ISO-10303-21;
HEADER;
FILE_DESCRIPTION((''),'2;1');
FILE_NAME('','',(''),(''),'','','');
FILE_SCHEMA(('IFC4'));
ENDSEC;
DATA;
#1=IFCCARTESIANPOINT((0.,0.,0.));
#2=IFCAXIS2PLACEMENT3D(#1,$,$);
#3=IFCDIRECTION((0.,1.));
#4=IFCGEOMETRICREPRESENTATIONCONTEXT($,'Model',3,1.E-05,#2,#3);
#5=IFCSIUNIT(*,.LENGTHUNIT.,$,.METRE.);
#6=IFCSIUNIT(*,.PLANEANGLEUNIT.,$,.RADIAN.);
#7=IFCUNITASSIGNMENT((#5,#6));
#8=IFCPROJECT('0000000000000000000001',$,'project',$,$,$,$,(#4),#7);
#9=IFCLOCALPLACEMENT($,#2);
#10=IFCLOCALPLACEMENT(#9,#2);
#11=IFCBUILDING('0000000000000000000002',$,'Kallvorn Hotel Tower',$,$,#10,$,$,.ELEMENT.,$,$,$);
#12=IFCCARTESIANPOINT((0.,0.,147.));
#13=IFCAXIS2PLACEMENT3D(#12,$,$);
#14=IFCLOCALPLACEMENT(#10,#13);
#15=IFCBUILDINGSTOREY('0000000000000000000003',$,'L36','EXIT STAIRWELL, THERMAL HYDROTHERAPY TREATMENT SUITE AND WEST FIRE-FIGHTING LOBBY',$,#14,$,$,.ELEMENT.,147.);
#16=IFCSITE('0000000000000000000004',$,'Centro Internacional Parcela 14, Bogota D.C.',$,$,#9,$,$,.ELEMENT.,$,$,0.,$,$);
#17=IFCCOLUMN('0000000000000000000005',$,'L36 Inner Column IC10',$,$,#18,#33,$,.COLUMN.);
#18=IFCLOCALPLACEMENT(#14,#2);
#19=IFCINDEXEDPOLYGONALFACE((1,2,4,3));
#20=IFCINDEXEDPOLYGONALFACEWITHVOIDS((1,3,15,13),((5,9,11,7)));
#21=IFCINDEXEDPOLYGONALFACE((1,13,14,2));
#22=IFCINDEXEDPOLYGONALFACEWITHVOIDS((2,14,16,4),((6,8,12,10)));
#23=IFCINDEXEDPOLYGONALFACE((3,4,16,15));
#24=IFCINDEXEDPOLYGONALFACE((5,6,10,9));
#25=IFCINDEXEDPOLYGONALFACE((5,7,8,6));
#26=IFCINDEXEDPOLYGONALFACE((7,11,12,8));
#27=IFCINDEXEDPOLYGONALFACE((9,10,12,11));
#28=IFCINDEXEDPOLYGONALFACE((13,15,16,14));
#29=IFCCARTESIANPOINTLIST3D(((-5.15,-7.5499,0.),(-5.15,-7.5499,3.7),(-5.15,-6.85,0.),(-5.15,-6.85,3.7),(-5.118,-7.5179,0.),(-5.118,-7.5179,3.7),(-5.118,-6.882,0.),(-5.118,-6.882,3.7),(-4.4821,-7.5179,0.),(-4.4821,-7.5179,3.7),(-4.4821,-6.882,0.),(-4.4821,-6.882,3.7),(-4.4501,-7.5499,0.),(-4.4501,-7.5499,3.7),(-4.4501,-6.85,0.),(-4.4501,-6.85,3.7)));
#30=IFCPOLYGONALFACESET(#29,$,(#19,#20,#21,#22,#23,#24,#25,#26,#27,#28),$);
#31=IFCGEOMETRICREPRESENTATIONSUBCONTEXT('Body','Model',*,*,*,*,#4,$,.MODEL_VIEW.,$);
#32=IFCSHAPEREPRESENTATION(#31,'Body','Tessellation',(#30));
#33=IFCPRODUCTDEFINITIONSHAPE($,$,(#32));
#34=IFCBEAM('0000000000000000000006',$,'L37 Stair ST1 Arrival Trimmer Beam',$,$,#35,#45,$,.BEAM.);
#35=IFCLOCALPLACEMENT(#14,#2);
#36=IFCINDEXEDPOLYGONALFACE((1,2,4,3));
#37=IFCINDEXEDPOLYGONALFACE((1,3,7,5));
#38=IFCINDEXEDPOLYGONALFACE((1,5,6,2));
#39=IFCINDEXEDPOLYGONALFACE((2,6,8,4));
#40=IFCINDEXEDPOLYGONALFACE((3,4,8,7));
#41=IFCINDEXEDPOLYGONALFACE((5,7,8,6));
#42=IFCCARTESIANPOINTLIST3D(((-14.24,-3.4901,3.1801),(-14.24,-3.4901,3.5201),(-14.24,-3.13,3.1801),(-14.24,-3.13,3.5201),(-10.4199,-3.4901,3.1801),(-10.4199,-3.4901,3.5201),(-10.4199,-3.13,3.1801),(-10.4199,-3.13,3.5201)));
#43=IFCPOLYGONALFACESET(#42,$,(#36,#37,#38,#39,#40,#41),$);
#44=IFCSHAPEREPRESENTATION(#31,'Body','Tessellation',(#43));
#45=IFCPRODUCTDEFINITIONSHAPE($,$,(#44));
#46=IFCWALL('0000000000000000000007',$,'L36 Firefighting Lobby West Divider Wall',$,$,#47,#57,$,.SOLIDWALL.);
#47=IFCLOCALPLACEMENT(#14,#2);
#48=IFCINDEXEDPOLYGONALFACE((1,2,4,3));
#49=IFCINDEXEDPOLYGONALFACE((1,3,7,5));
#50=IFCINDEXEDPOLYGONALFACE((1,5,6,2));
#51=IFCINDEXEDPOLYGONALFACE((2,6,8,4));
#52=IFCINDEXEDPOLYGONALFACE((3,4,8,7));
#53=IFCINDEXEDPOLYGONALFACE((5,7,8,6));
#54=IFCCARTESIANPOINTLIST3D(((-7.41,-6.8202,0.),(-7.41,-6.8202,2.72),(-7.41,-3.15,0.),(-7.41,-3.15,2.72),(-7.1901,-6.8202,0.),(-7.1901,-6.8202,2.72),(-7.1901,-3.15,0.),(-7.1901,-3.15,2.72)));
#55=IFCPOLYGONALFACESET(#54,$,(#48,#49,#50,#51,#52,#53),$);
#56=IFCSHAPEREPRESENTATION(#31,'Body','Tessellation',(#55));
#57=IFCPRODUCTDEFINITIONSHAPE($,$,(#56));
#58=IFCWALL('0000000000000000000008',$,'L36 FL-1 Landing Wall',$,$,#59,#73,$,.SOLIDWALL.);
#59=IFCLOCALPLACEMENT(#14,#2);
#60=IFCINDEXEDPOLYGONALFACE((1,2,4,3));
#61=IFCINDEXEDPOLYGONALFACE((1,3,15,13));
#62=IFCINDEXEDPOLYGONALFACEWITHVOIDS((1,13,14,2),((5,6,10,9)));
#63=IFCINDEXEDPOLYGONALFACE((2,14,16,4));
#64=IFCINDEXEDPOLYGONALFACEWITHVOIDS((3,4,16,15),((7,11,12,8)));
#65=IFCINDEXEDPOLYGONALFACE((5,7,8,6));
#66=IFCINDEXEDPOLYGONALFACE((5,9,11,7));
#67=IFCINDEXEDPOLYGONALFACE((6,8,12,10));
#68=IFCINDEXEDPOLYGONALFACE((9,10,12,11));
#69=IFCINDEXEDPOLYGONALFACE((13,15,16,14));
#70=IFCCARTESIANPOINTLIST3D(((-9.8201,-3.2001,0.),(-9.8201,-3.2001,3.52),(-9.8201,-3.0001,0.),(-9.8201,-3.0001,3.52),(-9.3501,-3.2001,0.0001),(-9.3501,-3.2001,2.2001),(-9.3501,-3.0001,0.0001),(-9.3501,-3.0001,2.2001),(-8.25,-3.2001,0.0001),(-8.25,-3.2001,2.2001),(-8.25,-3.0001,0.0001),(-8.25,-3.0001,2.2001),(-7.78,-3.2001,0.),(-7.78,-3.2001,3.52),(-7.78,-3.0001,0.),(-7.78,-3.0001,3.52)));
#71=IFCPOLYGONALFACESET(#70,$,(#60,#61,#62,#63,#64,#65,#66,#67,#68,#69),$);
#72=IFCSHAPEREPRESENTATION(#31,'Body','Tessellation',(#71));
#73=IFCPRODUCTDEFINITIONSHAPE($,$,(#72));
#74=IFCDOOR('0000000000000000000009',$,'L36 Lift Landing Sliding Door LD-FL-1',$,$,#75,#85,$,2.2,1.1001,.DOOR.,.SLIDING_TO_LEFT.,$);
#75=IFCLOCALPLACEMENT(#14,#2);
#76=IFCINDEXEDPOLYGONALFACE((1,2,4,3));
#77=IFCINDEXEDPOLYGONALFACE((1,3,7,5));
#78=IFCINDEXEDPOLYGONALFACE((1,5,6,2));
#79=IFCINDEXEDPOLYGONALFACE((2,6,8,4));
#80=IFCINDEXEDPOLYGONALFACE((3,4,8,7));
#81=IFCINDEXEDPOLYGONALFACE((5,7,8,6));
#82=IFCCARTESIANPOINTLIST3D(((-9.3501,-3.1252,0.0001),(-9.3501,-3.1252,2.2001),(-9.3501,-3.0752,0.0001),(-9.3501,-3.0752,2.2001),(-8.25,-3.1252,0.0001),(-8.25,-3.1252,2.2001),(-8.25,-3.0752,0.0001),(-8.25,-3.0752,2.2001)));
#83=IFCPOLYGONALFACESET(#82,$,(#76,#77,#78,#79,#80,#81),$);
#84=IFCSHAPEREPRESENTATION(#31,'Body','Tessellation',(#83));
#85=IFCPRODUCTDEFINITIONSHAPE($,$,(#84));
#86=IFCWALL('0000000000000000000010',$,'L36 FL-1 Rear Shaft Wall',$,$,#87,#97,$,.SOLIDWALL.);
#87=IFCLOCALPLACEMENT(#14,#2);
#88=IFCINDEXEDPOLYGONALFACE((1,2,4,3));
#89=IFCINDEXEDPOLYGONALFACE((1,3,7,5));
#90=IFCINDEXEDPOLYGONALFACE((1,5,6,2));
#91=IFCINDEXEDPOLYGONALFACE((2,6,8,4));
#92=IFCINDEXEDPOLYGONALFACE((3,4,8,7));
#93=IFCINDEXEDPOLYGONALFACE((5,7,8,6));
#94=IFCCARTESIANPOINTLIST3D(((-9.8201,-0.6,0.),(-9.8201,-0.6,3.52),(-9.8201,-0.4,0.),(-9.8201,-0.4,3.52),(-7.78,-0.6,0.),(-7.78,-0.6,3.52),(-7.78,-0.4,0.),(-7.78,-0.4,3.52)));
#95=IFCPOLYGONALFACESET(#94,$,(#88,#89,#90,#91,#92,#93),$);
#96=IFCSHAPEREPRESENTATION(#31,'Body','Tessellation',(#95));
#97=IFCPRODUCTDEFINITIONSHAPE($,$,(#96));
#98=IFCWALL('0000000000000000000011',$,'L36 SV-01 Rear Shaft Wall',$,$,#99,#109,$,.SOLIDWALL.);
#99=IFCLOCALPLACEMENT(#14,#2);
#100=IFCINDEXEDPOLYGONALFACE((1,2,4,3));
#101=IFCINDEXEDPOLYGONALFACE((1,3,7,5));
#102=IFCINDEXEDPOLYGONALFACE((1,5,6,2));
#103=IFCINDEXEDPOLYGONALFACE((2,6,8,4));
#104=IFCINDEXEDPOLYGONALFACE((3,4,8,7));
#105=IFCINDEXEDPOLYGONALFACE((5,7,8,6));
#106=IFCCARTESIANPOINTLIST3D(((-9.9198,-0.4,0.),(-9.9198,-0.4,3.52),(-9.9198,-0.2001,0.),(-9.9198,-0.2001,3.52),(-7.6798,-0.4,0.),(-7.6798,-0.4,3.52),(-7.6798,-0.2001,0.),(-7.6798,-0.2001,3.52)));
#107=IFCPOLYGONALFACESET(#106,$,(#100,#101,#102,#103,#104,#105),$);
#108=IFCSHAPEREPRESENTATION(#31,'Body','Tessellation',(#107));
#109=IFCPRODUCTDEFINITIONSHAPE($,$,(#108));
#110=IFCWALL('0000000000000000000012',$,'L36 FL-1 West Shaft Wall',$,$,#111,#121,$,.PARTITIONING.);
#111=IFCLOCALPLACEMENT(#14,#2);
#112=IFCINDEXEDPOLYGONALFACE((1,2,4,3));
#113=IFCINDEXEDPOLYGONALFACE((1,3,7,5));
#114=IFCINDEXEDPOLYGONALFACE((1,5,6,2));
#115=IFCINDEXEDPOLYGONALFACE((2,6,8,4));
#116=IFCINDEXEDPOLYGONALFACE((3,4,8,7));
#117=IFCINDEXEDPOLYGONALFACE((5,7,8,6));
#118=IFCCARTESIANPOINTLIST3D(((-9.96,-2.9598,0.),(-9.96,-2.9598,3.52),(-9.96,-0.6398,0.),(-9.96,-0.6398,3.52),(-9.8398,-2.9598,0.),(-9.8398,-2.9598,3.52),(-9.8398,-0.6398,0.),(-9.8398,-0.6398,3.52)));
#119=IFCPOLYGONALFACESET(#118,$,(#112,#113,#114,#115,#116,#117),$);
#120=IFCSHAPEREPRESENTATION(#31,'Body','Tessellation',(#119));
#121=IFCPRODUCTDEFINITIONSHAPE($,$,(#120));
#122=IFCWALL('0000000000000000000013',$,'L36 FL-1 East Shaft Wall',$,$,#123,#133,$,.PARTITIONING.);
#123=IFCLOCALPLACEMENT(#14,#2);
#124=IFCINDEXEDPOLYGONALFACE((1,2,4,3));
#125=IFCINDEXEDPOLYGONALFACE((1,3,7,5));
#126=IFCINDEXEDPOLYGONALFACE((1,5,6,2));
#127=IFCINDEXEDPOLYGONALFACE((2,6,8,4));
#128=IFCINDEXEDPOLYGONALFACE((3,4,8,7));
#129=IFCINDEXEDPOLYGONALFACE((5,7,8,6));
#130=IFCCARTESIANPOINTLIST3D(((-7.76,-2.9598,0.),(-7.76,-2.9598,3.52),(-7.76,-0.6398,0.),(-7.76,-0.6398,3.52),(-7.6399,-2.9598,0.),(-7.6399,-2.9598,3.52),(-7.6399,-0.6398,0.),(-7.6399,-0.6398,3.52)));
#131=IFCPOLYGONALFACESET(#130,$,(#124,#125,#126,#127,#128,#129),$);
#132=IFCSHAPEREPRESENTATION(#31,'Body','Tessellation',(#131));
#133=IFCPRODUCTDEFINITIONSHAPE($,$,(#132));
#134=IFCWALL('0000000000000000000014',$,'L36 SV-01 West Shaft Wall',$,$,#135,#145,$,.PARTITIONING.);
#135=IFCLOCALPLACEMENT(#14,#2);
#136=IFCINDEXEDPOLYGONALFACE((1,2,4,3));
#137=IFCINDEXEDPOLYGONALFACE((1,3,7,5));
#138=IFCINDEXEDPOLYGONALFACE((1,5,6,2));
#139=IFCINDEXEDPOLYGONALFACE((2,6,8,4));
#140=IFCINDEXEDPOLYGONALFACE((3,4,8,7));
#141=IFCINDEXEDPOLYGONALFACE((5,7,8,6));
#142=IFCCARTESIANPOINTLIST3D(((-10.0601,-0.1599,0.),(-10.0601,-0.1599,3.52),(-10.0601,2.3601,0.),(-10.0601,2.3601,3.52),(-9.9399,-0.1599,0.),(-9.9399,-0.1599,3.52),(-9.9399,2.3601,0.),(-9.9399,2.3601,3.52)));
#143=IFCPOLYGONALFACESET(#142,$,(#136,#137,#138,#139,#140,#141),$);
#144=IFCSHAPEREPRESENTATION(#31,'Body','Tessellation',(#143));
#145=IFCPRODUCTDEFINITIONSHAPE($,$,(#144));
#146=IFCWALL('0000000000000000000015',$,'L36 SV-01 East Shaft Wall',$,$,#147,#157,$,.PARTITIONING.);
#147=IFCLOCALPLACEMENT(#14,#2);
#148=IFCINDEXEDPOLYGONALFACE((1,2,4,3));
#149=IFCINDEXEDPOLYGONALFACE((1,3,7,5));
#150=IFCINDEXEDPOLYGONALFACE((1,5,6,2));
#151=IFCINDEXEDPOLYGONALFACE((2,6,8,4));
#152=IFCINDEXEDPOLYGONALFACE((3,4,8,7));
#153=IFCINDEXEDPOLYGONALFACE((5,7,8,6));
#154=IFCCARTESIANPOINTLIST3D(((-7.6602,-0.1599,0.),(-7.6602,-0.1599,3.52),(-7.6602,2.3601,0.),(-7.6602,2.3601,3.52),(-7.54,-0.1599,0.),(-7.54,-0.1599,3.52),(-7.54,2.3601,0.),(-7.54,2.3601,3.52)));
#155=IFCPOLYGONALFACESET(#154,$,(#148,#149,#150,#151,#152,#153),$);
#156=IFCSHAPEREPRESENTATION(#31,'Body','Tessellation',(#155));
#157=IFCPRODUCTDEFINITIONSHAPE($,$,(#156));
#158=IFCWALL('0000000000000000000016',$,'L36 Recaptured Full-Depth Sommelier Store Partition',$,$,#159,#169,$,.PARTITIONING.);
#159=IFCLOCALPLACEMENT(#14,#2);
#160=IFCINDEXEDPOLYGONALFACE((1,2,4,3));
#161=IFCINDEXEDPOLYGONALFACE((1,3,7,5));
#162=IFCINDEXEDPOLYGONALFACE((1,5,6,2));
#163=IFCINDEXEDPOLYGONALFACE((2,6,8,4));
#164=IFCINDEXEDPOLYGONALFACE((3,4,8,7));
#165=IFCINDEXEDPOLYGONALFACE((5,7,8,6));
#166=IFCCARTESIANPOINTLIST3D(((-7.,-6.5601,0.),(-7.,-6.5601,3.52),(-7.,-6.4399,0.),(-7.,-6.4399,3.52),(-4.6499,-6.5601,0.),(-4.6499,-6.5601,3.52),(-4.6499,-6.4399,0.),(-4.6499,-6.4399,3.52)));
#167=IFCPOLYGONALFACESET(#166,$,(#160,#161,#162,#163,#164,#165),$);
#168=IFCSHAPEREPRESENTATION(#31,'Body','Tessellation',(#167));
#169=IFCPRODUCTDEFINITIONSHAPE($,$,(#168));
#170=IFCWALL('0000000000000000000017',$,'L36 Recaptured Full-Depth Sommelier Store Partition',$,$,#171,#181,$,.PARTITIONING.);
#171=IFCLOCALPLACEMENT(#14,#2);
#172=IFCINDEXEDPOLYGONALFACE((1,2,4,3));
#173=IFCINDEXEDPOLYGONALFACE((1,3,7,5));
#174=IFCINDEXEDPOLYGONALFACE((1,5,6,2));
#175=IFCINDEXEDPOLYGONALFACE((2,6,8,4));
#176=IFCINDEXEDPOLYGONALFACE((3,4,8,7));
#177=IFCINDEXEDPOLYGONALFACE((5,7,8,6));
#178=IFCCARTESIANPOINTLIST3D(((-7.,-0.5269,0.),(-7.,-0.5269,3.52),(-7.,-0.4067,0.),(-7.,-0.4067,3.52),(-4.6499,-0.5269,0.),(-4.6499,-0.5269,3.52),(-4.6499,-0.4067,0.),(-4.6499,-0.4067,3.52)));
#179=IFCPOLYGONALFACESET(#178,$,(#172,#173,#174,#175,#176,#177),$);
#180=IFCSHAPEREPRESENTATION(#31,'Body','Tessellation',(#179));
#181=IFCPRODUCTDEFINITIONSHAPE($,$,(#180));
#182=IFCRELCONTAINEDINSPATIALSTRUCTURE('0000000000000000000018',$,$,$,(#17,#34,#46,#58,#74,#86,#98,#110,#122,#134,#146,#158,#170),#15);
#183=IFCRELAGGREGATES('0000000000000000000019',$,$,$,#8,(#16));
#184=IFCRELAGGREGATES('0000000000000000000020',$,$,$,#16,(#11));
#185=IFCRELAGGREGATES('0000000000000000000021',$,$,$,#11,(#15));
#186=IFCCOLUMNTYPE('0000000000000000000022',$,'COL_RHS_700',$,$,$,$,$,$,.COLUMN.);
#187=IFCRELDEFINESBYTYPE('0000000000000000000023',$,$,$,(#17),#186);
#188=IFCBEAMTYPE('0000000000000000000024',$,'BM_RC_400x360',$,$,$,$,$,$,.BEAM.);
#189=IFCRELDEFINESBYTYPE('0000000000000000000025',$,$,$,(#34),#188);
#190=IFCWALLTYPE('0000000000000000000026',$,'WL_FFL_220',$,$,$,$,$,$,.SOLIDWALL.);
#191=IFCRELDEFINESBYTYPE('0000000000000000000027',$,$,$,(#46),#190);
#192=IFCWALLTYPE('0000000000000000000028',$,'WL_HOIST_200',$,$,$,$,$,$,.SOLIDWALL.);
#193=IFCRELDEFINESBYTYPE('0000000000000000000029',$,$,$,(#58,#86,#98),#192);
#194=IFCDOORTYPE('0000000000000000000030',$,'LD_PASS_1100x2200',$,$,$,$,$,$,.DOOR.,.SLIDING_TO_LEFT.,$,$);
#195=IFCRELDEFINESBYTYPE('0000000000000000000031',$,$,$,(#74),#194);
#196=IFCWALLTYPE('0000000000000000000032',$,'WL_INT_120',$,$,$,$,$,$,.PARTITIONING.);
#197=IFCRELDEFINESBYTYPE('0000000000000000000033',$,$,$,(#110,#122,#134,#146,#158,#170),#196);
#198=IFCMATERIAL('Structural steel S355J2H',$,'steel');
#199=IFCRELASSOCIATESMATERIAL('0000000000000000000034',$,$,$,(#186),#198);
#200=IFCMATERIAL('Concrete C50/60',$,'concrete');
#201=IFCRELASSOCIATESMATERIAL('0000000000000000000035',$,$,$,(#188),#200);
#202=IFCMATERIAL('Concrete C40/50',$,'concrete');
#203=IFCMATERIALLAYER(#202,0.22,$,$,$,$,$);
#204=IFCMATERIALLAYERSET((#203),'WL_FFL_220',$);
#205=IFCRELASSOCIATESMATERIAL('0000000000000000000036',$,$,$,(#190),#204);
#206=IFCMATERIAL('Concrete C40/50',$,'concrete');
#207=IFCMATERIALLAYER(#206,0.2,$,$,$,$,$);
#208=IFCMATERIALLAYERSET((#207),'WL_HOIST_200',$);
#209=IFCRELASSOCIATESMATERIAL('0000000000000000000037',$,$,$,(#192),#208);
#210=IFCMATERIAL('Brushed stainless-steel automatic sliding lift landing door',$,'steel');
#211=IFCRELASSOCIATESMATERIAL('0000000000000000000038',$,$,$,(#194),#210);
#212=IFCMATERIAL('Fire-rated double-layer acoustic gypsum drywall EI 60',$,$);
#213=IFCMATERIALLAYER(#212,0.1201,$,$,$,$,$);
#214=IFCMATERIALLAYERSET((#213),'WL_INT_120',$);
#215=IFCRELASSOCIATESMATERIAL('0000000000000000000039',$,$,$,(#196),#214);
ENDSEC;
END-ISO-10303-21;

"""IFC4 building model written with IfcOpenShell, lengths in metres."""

from ifc_helpers import new_model, si_unit, direction, frame, frame_2d, origin, origin_2d, place, context, subcontext, project, spatial, rectangle, hollow_rectangle, extrude, material, layer, layer_set, material_profile, profile_set, type_object, element, fill, save


model = new_model("IFC4")

# Units and contexts
model_context = context("Model", 3, precision=1e-05, world=origin(), true_north=direction((0.0, 1.0)))
body_context = subcontext(model_context, "Body", "Model", "MODEL_VIEW")
ifc_project = project(units=[si_unit("LENGTHUNIT", "METRE"), si_unit("PLANEANGLEUNIT", "RADIAN")], contexts=[model_context])

# Site, building, storey
site_placement = place(None, origin())
site = spatial("IfcSite", under=ifc_project, at=site_placement, Name="Centro Internacional Parcela 14, Bogota D.C.", CompositionType="ELEMENT", RefElevation=0.0)
building_placement = place(site_placement, origin())
building = spatial("IfcBuilding", under=site, at=building_placement, Name="Kallvorn Hotel Tower", CompositionType="ELEMENT")
storey_placement = place(building_placement, frame((0.0, 0.0, 147.0)))
storey = spatial("IfcBuildingStorey", under=building, at=storey_placement, Name="L36", Description="EXIT STAIRWELL, THERMAL HYDROTHERAPY TREATMENT SUITE AND WEST FIRE-FIGHTING LOBBY", CompositionType="ELEMENT", Elevation=147.0)

# Column
ifc_material_1 = material(Name="Structural steel S355J2H", Category="steel")
ifc_material_profile_1 = material_profile(ifc_material_1, hollow_rectangle(XDim=0.7, YDim=0.7, WallThickness=0.032, at=origin_2d()), Name="RHS 700x700x32")
ifc_profile_set_1 = profile_set([ifc_material_profile_1], Name="Structural steel S355J2H")
column_type = type_object("IfcColumnType", Name="COL_RHS_700", PredefinedType="COLUMN", material=ifc_profile_set_1)
column_placement = place(storey_placement, frame((-4.8, -7.2, 0.0), z_axis=(0.0, 0.0, 1.0), x_axis=(1.0, 0.0, 0.0)))
element("IfcColumn", 1, at=column_placement, inside=storey, type_object=column_type, Name="L36 Inner Column IC10", PredefinedType="COLUMN", context=body_context, shape_type="SweptSolid", body=[
    extrude(hollow_rectangle(XDim=0.7, YDim=0.7, WallThickness=0.032, at=origin_2d()), origin(), (0.0, 0.0, 1.0), 3.7),
])

# Beam
ifc_material_2 = material(Name="Concrete C50/60", Category="concrete")
ifc_material_profile_2 = material_profile(ifc_material_2, rectangle(XDim=0.3601, YDim=0.3401, at=origin_2d()), Name="RC 360x340")
ifc_profile_set_2 = profile_set([ifc_material_profile_2], Name="Concrete C50/60")
beam_type = type_object("IfcBeamType", Name="BM_RC_400x360", PredefinedType="BEAM", material=ifc_profile_set_2)
beam_placement = place(storey_placement, frame((-10.4199, -3.3101, 3.3501), z_axis=(-1.0, 0.0, 0.0), x_axis=(0.0, -1.0, 0.0)))
element("IfcBeam", 2, at=beam_placement, inside=storey, type_object=beam_type, Name="L37 Stair ST1 Arrival Trimmer Beam", PredefinedType="BEAM", context=body_context, shape_type="SweptSolid", body=[
    extrude(rectangle(XDim=0.3601, YDim=0.3401, at=origin_2d()), origin(), (0.0, 0.0, 1.0), 3.8201),
])

# Wall
ifc_material_3 = material(Name="Concrete C40/50", Category="concrete")
ifc_layer_1 = layer(ifc_material_3, 0.22)
ifc_layer_set_1 = layer_set([ifc_layer_1], Name="WL_FFL_220")
wall_type_1 = type_object("IfcWallType", Name="WL_FFL_220", PredefinedType="SOLIDWALL", material=ifc_layer_set_1)
wall_1_placement = place(storey_placement, frame((-7.3, -6.8201, 0.0), z_axis=(0.0, 0.0, 1.0), x_axis=(0.0, 1.0, 0.0)))
element("IfcWall", 3, at=wall_1_placement, inside=storey, type_object=wall_type_1, Name="L36 Firefighting Lobby West Divider Wall", PredefinedType="SOLIDWALL", context=body_context, shape_type="SweptSolid", body=[
    extrude(rectangle(XDim=3.6702, YDim=0.22, at=frame_2d((1.835, 0.0))), origin(), (0.0, 0.0, 1.0), 2.72),
])

# Wall, opening, door
ifc_material_4 = material(Name="Concrete C40/50", Category="concrete")
ifc_layer_2 = layer(ifc_material_4, 0.2)
ifc_layer_set_2 = layer_set([ifc_layer_2], Name="WL_HOIST_200")
wall_type_2 = type_object("IfcWallType", Name="WL_HOIST_200", PredefinedType="SOLIDWALL", material=ifc_layer_set_2)
wall_2_placement = place(storey_placement, frame((-9.8201, -3.1001, 0.0), z_axis=(0.0, 0.0, 1.0), x_axis=(1.0, 0.0, 0.0)))
wall_2 = element("IfcWall", 4, at=wall_2_placement, inside=storey, type_object=wall_type_2, Name="L36 FL-1 Landing Wall", PredefinedType="SOLIDWALL", context=body_context, shape_type="SweptSolid", body=[
    extrude(rectangle(XDim=2.04, YDim=0.2, at=frame_2d((1.02, 0.0))), origin(), (0.0, 0.0, 1.0), 3.52),
])
opening_1_placement = place(wall_2_placement, frame((0.47, 0.0, 0.0)))
opening_1 = element("IfcOpeningElement", 5, at=opening_1_placement, cuts=wall_2, PredefinedType="OPENING", context=body_context, shape_type="SweptSolid", body=[
    extrude(rectangle(XDim=1.1001, YDim=2.2, at=frame_2d((0.55, 1.1001))), frame((0.0, 0.115, 0.0), z_axis=(0.0, -1.0, 0.0), x_axis=(1.0, 0.0, 0.0)), (0.0, 0.0, 1.0), 0.23),
])
ifc_material_5 = material(Name="Brushed stainless-steel automatic sliding lift landing door", Category="steel")
door_type_1 = type_object("IfcDoorType", Name="LD_PASS_1100x2200", OperationType="SLIDING_TO_LEFT", PredefinedType="DOOR", material=ifc_material_5)
door_1_placement = place(opening_1_placement, origin())
door_1 = element("IfcDoor", 6, at=door_1_placement, inside=storey, type_object=door_type_1, Name="L36 Lift Landing Sliding Door LD-FL-1", OperationType="SLIDING_TO_LEFT", OverallHeight=2.2, OverallWidth=1.1001, PredefinedType="DOOR", context=body_context, shape_type="SweptSolid", body=[
    extrude(rectangle(XDim=1.1001, YDim=2.2, at=frame_2d((0.55, 1.1001))), frame((0.0, 0.0249, 0.0), z_axis=(0.0, -1.0, 0.0), x_axis=(1.0, 0.0, 0.0)), (0.0, 0.0, 1.0), 0.05),
])
fill(opening_1, door_1)

# Walls
wall_3_placement = place(storey_placement, frame((-9.8201, -0.5, 0.0), z_axis=(0.0, 0.0, 1.0), x_axis=(1.0, 0.0, 0.0)))
element("IfcWall", 7, at=wall_3_placement, inside=storey, type_object=wall_type_2, Name="L36 FL-1 Rear Shaft Wall", PredefinedType="SOLIDWALL", context=body_context, shape_type="SweptSolid", body=[
    extrude(rectangle(XDim=2.04, YDim=0.2, at=frame_2d((1.02, 0.0))), origin(), (0.0, 0.0, 1.0), 3.52),
])
wall_4_placement = place(storey_placement, frame((-9.9199, -0.3, 0.0), z_axis=(0.0, 0.0, 1.0), x_axis=(1.0, 0.0, 0.0)))
element("IfcWall", 8, at=wall_4_placement, inside=storey, type_object=wall_type_2, Name="L36 SV-01 Rear Shaft Wall", PredefinedType="SOLIDWALL", context=body_context, shape_type="SweptSolid", body=[
    extrude(rectangle(XDim=2.24, YDim=0.2, at=frame_2d((1.1201, 0.0))), origin(), (0.0, 0.0, 1.0), 3.52),
])
ifc_material_6 = material(Name="Fire-rated double-layer acoustic gypsum drywall EI 60")
ifc_layer_3 = layer(ifc_material_6, 0.1201)
ifc_layer_set_3 = layer_set([ifc_layer_3], Name="WL_INT_120")
wall_type_3 = type_object("IfcWallType", Name="WL_INT_120", PredefinedType="PARTITIONING", material=ifc_layer_set_3)
for number, where, z_axis, x_axis, name in (
    (9, (-9.8999, -2.96, 0.0), (0.0, 0.0, 1.0), (0.0, 1.0, 0.0), "L36 FL-1 West Shaft Wall"),
    (10, (-7.7, -2.96, 0.0), (0.0, 0.0, 1.0), (0.0, 1.0, 0.0), "L36 FL-1 East Shaft Wall"),
):
    element("IfcWall", number, at=place(storey_placement, frame(where, z_axis=z_axis, x_axis=x_axis)), inside=storey, type_object=wall_type_3, Name=name, PredefinedType="PARTITIONING", context=body_context, shape_type="SweptSolid", body=[
        extrude(rectangle(XDim=2.3201, YDim=0.1201, at=frame_2d((1.1602, 0.0))), origin(), (0.0, 0.0, 1.0), 3.52),
    ])
for number, where, z_axis, x_axis, name in (
    (11, (-10.0, -0.1599, 0.0), (0.0, 0.0, 1.0), (0.0, 1.0, 0.0), "L36 SV-01 West Shaft Wall"),
    (12, (-7.6001, -0.1599, 0.0), (0.0, 0.0, 1.0), (0.0, 1.0, 0.0), "L36 SV-01 East Shaft Wall"),
):
    element("IfcWall", number, at=place(storey_placement, frame(where, z_axis=z_axis, x_axis=x_axis)), inside=storey, type_object=wall_type_3, Name=name, PredefinedType="PARTITIONING", context=body_context, shape_type="SweptSolid", body=[
        extrude(rectangle(XDim=2.52, YDim=0.1201, at=frame_2d((1.26, 0.0))), origin(), (0.0, 0.0, 1.0), 3.52),
    ])
for number, where, z_axis, x_axis, name in (
    (13, (-7.0, -6.5, 0.0), (0.0, 0.0, 1.0), (1.0, 0.0, 0.0), "L36 Recaptured Full-Depth Sommelier Store Partition"),
    (14, (-7.0, -0.4668, 0.0), (0.0, 0.0, 1.0), (1.0, 0.0, 0.0), "L36 Recaptured Full-Depth Sommelier Store Partition"),
):
    element("IfcWall", number, at=place(storey_placement, frame(where, z_axis=z_axis, x_axis=x_axis)), inside=storey, type_object=wall_type_3, Name=name, PredefinedType="PARTITIONING", context=body_context, shape_type="SweptSolid", body=[
        extrude(rectangle(XDim=2.3501, YDim=0.1201, at=frame_2d((1.175, 0.0))), origin(), (0.0, 0.0, 1.0), 3.52),
    ])

save(model, "model.ifc")
